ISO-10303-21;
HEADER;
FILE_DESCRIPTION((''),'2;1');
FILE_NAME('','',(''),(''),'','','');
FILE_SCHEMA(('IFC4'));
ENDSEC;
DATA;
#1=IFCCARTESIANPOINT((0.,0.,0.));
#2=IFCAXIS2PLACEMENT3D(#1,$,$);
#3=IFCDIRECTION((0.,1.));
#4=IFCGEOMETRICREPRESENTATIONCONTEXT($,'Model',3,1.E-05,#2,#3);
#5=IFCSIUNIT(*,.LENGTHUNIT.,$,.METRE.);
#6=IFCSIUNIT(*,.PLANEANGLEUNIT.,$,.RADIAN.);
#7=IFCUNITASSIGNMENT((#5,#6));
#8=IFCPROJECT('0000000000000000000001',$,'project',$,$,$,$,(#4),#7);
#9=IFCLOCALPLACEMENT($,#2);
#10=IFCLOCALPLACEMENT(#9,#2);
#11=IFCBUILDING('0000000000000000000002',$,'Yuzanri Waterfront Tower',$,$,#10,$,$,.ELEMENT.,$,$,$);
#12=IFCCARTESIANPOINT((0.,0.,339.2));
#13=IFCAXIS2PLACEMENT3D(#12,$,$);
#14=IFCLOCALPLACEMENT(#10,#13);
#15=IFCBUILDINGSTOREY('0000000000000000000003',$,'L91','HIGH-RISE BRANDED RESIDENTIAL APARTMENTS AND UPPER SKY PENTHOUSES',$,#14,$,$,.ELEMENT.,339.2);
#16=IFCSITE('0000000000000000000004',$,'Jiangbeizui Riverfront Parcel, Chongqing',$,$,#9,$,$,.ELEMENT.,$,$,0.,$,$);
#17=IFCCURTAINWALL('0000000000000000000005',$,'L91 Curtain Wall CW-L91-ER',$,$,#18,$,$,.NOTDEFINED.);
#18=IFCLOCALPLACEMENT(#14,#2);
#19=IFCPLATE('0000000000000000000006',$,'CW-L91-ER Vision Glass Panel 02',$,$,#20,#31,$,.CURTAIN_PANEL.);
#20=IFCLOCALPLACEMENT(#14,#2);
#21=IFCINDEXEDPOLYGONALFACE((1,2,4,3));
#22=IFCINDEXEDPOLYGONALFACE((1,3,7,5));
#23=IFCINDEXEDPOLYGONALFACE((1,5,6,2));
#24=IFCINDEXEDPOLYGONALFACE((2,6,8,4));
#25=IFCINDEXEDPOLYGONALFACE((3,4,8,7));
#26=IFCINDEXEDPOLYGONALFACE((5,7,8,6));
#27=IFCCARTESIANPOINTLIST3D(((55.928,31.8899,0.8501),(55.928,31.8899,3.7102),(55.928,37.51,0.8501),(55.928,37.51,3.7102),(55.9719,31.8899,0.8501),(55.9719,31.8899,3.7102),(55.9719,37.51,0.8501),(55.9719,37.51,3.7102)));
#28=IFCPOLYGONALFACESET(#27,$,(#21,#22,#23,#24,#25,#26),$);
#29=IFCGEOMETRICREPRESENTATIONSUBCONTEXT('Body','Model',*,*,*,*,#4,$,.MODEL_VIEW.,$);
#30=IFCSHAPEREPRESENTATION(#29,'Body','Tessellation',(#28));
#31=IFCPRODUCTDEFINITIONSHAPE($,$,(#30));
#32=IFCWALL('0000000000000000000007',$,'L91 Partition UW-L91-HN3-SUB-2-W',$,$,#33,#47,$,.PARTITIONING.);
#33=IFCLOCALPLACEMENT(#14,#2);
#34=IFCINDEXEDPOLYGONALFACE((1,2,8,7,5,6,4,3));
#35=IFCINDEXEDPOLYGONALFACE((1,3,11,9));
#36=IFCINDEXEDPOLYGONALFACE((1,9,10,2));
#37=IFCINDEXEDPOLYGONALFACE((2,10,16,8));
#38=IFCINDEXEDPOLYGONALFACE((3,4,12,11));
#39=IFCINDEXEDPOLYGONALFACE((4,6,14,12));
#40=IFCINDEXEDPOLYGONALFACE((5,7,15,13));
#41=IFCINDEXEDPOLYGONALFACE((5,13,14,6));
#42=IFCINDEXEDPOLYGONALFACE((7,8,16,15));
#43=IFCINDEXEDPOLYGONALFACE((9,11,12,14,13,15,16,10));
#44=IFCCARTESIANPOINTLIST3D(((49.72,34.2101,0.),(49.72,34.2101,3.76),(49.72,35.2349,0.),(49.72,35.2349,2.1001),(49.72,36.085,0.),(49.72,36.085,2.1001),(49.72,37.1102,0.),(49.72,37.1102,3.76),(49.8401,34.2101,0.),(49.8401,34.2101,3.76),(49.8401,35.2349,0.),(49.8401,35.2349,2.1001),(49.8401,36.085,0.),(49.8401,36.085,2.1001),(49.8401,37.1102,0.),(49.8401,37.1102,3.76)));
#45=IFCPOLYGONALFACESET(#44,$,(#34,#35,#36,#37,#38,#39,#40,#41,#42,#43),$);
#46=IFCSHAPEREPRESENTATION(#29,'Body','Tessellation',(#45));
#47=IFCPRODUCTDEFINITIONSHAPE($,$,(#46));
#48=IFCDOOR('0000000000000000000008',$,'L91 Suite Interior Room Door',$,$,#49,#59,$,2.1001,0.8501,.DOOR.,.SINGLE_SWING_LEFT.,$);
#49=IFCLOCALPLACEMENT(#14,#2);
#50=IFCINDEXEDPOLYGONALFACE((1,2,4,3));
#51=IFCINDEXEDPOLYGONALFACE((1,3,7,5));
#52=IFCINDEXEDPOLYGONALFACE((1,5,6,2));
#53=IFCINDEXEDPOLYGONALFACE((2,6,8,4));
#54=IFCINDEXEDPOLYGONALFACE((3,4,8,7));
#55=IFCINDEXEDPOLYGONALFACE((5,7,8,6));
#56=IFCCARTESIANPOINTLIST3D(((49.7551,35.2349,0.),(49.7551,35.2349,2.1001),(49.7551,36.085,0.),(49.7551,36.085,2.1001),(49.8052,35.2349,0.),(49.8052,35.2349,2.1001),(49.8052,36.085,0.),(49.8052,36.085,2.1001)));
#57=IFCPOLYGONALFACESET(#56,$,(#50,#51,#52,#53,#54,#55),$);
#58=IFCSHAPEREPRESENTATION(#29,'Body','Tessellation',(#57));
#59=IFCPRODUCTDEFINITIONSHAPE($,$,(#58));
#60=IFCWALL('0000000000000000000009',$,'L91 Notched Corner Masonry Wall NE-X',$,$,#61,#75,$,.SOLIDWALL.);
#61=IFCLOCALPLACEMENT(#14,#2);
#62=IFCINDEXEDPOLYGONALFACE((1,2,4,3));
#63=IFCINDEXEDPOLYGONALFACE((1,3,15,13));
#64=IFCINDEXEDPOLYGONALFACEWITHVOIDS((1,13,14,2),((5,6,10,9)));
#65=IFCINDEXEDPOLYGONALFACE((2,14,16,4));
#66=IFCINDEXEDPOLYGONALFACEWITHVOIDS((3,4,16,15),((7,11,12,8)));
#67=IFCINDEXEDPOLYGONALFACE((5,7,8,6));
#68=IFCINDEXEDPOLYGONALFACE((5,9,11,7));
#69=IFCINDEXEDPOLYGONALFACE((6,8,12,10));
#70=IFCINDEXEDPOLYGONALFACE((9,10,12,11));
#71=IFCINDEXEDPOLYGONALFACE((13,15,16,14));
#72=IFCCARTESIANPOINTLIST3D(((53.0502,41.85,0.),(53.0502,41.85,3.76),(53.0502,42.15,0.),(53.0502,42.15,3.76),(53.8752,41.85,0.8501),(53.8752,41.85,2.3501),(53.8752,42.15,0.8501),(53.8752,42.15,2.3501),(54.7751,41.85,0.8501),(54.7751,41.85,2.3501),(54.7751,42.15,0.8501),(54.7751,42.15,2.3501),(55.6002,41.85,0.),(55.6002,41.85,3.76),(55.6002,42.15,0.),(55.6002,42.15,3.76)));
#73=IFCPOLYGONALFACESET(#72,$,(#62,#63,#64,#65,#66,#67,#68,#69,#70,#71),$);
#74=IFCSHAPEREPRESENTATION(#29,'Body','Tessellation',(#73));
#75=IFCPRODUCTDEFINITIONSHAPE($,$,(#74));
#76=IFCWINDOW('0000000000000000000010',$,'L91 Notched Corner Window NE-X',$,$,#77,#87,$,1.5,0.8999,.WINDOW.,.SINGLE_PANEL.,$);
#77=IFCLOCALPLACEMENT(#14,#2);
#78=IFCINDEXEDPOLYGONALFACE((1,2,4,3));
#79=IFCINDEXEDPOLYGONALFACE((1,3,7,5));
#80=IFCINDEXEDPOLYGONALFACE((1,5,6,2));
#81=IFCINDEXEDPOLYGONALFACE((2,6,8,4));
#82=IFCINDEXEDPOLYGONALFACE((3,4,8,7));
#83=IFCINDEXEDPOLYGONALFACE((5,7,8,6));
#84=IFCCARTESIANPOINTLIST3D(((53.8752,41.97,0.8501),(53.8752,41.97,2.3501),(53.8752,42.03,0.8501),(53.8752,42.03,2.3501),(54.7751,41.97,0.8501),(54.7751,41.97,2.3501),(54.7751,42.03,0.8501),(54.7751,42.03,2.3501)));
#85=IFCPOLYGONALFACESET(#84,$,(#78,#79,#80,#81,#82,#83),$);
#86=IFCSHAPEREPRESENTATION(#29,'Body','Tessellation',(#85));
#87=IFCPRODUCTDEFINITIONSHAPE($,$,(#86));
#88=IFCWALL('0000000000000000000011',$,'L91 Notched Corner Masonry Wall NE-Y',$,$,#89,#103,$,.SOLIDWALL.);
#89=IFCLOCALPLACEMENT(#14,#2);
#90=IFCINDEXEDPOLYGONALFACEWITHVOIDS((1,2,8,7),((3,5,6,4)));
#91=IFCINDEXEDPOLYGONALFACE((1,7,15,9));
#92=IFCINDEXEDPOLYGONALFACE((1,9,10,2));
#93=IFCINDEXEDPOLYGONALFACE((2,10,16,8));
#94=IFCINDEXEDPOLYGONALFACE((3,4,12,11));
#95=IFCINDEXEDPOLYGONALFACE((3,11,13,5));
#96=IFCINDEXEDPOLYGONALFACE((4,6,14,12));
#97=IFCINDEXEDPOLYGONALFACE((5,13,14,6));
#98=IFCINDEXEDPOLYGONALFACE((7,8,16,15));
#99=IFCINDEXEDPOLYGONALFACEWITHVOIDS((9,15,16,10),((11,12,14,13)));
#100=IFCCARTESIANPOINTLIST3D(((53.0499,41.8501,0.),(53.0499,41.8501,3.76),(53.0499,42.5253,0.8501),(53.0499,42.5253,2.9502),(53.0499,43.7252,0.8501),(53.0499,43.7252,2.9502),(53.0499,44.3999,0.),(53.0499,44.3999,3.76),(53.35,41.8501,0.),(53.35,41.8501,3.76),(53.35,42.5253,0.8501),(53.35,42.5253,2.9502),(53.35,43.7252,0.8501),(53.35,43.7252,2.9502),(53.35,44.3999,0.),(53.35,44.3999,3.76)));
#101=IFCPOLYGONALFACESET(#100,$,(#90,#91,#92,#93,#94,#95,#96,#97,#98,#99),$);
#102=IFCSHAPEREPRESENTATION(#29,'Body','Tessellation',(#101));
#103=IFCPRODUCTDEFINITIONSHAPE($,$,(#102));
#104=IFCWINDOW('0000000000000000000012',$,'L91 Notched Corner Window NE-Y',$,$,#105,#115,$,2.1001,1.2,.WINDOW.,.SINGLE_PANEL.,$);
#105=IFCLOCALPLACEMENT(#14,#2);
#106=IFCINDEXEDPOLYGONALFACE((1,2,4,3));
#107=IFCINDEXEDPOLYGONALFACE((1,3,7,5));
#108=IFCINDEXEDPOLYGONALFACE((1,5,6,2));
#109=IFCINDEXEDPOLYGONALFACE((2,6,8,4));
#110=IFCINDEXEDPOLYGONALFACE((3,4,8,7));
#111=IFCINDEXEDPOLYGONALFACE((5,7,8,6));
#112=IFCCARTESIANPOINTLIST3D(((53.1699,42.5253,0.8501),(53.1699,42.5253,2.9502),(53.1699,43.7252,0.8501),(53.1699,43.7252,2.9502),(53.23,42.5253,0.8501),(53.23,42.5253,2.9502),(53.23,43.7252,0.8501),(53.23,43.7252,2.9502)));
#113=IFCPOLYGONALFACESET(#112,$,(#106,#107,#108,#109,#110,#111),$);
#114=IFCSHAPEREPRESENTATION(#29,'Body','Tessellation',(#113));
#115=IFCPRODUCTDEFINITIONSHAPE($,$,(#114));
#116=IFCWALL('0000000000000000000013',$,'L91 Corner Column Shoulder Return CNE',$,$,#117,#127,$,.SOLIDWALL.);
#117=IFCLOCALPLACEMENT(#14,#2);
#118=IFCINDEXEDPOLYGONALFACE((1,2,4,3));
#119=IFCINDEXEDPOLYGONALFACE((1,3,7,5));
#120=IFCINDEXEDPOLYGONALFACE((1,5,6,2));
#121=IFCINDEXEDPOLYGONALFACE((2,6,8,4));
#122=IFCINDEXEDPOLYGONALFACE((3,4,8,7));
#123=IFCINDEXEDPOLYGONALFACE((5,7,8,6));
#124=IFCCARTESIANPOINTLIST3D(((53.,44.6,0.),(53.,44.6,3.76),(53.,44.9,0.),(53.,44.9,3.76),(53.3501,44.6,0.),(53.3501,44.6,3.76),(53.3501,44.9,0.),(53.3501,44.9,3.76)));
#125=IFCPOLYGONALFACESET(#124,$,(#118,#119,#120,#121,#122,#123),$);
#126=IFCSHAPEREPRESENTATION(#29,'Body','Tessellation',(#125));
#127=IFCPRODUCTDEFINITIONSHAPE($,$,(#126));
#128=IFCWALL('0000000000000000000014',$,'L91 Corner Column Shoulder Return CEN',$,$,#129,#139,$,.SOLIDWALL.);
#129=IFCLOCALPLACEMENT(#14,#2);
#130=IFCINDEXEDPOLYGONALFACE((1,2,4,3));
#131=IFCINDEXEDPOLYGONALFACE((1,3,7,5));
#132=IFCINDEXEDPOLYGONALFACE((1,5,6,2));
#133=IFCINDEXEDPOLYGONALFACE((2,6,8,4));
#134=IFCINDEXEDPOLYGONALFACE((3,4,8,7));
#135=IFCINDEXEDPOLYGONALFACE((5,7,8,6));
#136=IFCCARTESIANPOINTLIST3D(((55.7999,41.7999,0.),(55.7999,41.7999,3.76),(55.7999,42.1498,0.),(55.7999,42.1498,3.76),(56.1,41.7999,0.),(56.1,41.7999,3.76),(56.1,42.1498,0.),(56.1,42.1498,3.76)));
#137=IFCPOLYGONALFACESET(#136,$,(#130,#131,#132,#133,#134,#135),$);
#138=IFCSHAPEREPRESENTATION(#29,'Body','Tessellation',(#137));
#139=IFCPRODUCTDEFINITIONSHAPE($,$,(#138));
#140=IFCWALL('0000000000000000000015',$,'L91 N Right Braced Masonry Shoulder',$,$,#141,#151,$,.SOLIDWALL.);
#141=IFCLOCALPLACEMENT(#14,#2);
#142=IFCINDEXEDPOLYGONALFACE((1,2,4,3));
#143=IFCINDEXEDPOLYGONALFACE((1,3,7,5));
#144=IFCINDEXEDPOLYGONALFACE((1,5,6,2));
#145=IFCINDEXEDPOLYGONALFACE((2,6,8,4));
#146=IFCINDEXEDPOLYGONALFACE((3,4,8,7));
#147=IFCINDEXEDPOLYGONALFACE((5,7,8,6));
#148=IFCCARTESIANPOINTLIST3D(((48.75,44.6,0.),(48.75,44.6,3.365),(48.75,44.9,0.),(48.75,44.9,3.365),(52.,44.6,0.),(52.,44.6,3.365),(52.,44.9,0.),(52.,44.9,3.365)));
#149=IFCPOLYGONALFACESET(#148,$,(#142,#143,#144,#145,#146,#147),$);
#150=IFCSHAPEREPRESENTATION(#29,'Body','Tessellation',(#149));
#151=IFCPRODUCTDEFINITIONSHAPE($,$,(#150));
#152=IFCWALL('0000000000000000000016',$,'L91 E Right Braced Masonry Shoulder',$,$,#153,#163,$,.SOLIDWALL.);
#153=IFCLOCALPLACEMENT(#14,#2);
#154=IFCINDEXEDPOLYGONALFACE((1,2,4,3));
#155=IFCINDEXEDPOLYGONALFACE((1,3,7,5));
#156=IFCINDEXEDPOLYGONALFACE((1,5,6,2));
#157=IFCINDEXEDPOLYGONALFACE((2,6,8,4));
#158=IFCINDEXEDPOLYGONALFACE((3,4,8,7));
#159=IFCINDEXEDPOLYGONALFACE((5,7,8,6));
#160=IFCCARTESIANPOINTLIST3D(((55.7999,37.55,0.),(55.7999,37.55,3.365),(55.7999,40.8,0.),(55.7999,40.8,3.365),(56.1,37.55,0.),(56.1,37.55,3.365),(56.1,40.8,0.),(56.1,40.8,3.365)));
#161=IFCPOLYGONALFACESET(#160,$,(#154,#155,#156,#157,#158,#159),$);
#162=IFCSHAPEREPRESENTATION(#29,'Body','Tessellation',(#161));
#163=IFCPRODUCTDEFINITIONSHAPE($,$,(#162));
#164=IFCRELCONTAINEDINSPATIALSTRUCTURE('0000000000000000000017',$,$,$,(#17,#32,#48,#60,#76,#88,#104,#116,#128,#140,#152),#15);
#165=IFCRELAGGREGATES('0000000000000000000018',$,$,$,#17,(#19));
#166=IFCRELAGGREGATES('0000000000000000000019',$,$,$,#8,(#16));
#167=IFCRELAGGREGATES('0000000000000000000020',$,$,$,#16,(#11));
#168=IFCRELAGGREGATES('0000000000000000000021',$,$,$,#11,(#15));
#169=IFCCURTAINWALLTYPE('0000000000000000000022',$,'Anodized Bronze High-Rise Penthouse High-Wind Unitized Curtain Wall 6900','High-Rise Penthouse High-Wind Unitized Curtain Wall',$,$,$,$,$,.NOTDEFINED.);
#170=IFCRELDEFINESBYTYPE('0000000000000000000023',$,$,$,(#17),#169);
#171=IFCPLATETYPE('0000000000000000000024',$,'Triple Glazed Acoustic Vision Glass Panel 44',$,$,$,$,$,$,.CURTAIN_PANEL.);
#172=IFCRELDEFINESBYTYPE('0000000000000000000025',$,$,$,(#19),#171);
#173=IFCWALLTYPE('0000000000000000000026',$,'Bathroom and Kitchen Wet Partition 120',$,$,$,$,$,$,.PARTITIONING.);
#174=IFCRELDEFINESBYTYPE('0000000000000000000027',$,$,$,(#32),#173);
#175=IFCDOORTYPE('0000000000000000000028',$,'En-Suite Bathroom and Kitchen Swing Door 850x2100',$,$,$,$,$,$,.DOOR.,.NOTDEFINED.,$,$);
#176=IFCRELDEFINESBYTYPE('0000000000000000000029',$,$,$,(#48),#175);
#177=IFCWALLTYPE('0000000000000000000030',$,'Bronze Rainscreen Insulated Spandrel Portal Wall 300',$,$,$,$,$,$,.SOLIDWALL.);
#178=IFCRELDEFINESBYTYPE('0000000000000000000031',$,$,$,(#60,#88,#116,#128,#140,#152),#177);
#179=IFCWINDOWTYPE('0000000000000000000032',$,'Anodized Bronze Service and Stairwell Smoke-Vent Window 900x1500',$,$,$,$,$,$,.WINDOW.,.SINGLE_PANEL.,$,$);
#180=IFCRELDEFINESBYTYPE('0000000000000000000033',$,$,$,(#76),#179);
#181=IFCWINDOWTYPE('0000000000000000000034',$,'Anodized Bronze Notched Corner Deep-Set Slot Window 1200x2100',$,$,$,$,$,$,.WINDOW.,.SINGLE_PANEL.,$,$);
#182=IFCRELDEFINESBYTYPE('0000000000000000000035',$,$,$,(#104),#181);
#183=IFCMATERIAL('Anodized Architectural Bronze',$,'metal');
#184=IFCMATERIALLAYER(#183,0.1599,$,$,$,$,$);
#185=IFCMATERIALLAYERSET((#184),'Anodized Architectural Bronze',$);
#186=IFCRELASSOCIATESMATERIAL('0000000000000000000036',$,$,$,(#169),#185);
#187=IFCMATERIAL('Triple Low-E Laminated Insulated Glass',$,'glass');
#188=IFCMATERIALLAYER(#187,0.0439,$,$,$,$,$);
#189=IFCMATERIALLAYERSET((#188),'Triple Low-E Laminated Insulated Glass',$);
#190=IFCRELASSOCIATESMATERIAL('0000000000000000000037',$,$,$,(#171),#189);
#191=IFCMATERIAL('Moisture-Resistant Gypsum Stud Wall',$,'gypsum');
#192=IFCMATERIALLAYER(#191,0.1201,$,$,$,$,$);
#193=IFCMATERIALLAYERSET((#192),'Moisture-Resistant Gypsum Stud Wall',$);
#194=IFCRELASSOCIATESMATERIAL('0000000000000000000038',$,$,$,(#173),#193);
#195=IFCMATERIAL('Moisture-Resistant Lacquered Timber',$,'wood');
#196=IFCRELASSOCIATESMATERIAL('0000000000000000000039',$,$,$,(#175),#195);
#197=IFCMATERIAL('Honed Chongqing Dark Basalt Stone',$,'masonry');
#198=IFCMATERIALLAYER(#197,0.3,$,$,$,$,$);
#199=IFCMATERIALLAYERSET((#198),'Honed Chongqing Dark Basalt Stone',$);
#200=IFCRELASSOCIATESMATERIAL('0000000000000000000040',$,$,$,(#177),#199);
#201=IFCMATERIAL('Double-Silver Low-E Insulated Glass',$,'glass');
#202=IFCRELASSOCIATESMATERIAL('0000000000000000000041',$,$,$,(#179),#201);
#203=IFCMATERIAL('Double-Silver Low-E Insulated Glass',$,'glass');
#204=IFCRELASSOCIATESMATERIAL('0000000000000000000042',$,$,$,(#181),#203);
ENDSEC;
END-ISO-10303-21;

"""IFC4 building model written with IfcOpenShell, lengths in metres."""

from ifc_helpers import new_model, si_unit, direction, frame, frame_2d, origin, origin_2d, place, context, subcontext, project, spatial, rectangle, extrude, source, transform, mapped, material, layer, layer_set, type_object, element, fill, aggregate, save


model = new_model("IFC4")

# Units and contexts
model_context = context("Model", 3, precision=1e-05, world=origin(), true_north=direction((0.0, 1.0)))
body_context = subcontext(model_context, "Body", "Model", "MODEL_VIEW")
ifc_project = project(units=[si_unit("LENGTHUNIT", "METRE"), si_unit("PLANEANGLEUNIT", "RADIAN")], contexts=[model_context])

# Site, building, storey
site_placement = place(None, origin())
site = spatial("IfcSite", under=ifc_project, at=site_placement, Name="Jiangbeizui Riverfront Parcel, Chongqing", CompositionType="ELEMENT", RefElevation=0.0)
building_placement = place(site_placement, origin())
building = spatial("IfcBuilding", under=site, at=building_placement, Name="Yuzanri Waterfront Tower", CompositionType="ELEMENT")
storey_placement = place(building_placement, frame((0.0, 0.0, 339.2)))
storey = spatial("IfcBuildingStorey", under=building, at=storey_placement, Name="L91", Description="HIGH-RISE BRANDED RESIDENTIAL APARTMENTS AND UPPER SKY PENTHOUSES", CompositionType="ELEMENT", Elevation=339.2)

# Curtain wall
ifc_material_1 = material(Name="Anodized Architectural Bronze", Category="metal")
ifc_layer_1 = layer(ifc_material_1, 0.1599)
ifc_layer_set_1 = layer_set([ifc_layer_1], Name="Anodized Architectural Bronze")
curtain_wall_type = type_object("IfcCurtainWallType", Name="Anodized Bronze High-Rise Penthouse High-Wind Unitized Curtain Wall 6900", Description="High-Rise Penthouse High-Wind Unitized Curtain Wall", PredefinedType="NOTDEFINED", material=ifc_layer_set_1)
curtain_wall_1_placement = place(storey_placement, origin())
curtain_wall_1 = element("IfcCurtainWall", 1, at=curtain_wall_1_placement, inside=storey, type_object=curtain_wall_type, Name="L91 Curtain Wall CW-L91-ER", PredefinedType="NOTDEFINED")

# Plate
ifc_material_2 = material(Name="Triple Low-E Laminated Insulated Glass", Category="glass")
ifc_layer_2 = layer(ifc_material_2, 0.0439)
ifc_layer_set_2 = layer_set([ifc_layer_2], Name="Triple Low-E Laminated Insulated Glass")
plate_type_1 = type_object("IfcPlateType", Name="Triple Glazed Acoustic Vision Glass Panel 44", PredefinedType="CURTAIN_PANEL", material=ifc_layer_set_2)
shared_shape_1 = source(origin(), body_context, "Body", "SweptSolid", [
    extrude(rectangle(XDim=5.6201, YDim=0.0439, at=origin_2d()), origin(), (0.0, 0.0, 1.0), 2.8601),
])
plate_1_placement = place(storey_placement, frame((55.95, 34.7, 0.8501), z_axis=(0.0, 0.0, 1.0), x_axis=(0.0, 1.0, 0.0)))
plate_1 = element("IfcPlate", 2, at=plate_1_placement, type_object=plate_type_1, Name="CW-L91-ER Vision Glass Panel 02", PredefinedType="CURTAIN_PANEL", context=body_context, shape_type="MappedRepresentation", body=[
    mapped(shared_shape_1, transform((0.0, 0.0, 0.0), scale=1.0)),
])
aggregate(curtain_wall_1, [plate_1])

# Wall, opening, door
ifc_material_3 = material(Name="Moisture-Resistant Gypsum Stud Wall", Category="gypsum")
ifc_layer_3 = layer(ifc_material_3, 0.1201)
ifc_layer_set_3 = layer_set([ifc_layer_3], Name="Moisture-Resistant Gypsum Stud Wall")
wall_type_1 = type_object("IfcWallType", Name="Bathroom and Kitchen Wet Partition 120", PredefinedType="PARTITIONING", material=ifc_layer_set_3)
wall_1_placement = place(storey_placement, frame((49.78, 34.21, 0.0), z_axis=(0.0, 0.0, 1.0), x_axis=(0.0, 1.0, 0.0)))
wall_1 = element("IfcWall", 3, at=wall_1_placement, inside=storey, type_object=wall_type_1, Name="L91 Partition UW-L91-HN3-SUB-2-W", PredefinedType="PARTITIONING", context=body_context, shape_type="SweptSolid", body=[
    extrude(rectangle(XDim=2.9001, YDim=0.1201, at=frame_2d((1.4502, 0.0))), origin(), (0.0, 0.0, 1.0), 3.76),
])
opening_1_placement = place(wall_1_placement, frame((1.0249, 0.0, 0.0)))
opening_1 = element("IfcOpeningElement", 4, at=opening_1_placement, cuts=wall_1, PredefinedType="OPENING", context=body_context, shape_type="SweptSolid", body=[
    extrude(rectangle(XDim=0.8501, YDim=2.1001, at=frame_2d((0.425, 1.05))), frame((0.0, 0.075, 0.0), z_axis=(0.0, -1.0, 0.0), x_axis=(1.0, 0.0, 0.0)), (0.0, 0.0, 1.0), 0.1499),
])
ifc_material_4 = material(Name="Moisture-Resistant Lacquered Timber", Category="wood")
door_type = type_object("IfcDoorType", Name="En-Suite Bathroom and Kitchen Swing Door 850x2100", OperationType="NOTDEFINED", PredefinedType="DOOR", material=ifc_material_4)
shared_shape_2 = source(origin(), body_context, "Body", "SweptSolid", [
    extrude(rectangle(XDim=0.8501, YDim=2.1001, at=frame_2d((0.425, 1.05))), frame((0.0, 0.0249, 0.0), z_axis=(0.0, -1.0, 0.0), x_axis=(1.0, 0.0, 0.0)), (0.0, 0.0, 1.0), 0.05),
])
door_placement = place(opening_1_placement, origin())
door = element("IfcDoor", 5, at=door_placement, inside=storey, type_object=door_type, Name="L91 Suite Interior Room Door", OperationType="SINGLE_SWING_LEFT", OverallHeight=2.1001, OverallWidth=0.8501, PredefinedType="DOOR", context=body_context, shape_type="MappedRepresentation", body=[
    mapped(shared_shape_2, transform((0.0, 0.0, 0.0), scale=1.0)),
])
fill(opening_1, door)

# Walls, openings, windows
ifc_material_5 = material(Name="Honed Chongqing Dark Basalt Stone", Category="masonry")
ifc_layer_4 = layer(ifc_material_5, 0.3)
ifc_layer_set_4 = layer_set([ifc_layer_4], Name="Honed Chongqing Dark Basalt Stone")
wall_type_2 = type_object("IfcWallType", Name="Bronze Rainscreen Insulated Spandrel Portal Wall 300", PredefinedType="SOLIDWALL", material=ifc_layer_set_4)
wall_2_placement = place(storey_placement, frame((55.6001, 42.0, 0.0), z_axis=(0.0, 0.0, 1.0), x_axis=(-1.0, 0.0, 0.0)))
wall_2 = element("IfcWall", 6, at=wall_2_placement, inside=storey, type_object=wall_type_2, Name="L91 Notched Corner Masonry Wall NE-X", PredefinedType="SOLIDWALL", context=body_context, shape_type="SweptSolid", body=[
    extrude(rectangle(XDim=2.55, YDim=0.3, at=frame_2d((1.2749, 0.0))), origin(), (0.0, 0.0, 1.0), 3.76),
])
opening_2_placement = place(wall_2_placement, frame((0.825, 0.0, 0.8501)))
opening_2 = element("IfcOpeningElement", 7, at=opening_2_placement, cuts=wall_2, PredefinedType="OPENING", context=body_context, shape_type="SweptSolid", body=[
    extrude(rectangle(XDim=0.8999, YDim=1.5, at=frame_2d((0.45, 0.75))), frame((0.0, 0.165, 0.0), z_axis=(0.0, -1.0, 0.0), x_axis=(1.0, 0.0, 0.0)), (0.0, 0.0, 1.0), 0.3298),
])
ifc_material_6 = material(Name="Double-Silver Low-E Insulated Glass", Category="glass")
window_type_1 = type_object("IfcWindowType", Name="Anodized Bronze Service and Stairwell Smoke-Vent Window 900x1500", PartitioningType="SINGLE_PANEL", PredefinedType="WINDOW", material=ifc_material_6)
shared_shape_3 = source(origin(), body_context, "Body", "SweptSolid", [
    extrude(rectangle(XDim=0.8999, YDim=1.5, at=frame_2d((0.45, 0.75))), frame((0.0, 0.03, 0.0), z_axis=(0.0, -1.0, 0.0), x_axis=(1.0, 0.0, 0.0)), (0.0, 0.0, 1.0), 0.0601),
])
window_1_placement = place(opening_2_placement, origin())
window_1 = element("IfcWindow", 8, at=window_1_placement, inside=storey, type_object=window_type_1, Name="L91 Notched Corner Window NE-X", OverallHeight=1.5, OverallWidth=0.8999, PartitioningType="SINGLE_PANEL", PredefinedType="WINDOW", context=body_context, shape_type="MappedRepresentation", body=[
    mapped(shared_shape_3, transform((0.0, 0.0, 0.0), scale=1.0)),
])
fill(opening_2, window_1)
wall_3_placement = place(storey_placement, frame((53.2, 41.8501, 0.0), z_axis=(0.0, 0.0, 1.0), x_axis=(0.0, 1.0, 0.0)))
wall_3 = element("IfcWall", 9, at=wall_3_placement, inside=storey, type_object=wall_type_2, Name="L91 Notched Corner Masonry Wall NE-Y", PredefinedType="SOLIDWALL", context=body_context, shape_type="SweptSolid", body=[
    extrude(rectangle(XDim=2.5498, YDim=0.3, at=frame_2d((1.2749, 0.0))), origin(), (0.0, 0.0, 1.0), 3.76),
])
opening_3_placement = place(wall_3_placement, frame((0.675, 0.0, 0.8501)))
opening_3 = element("IfcOpeningElement", 10, at=opening_3_placement, cuts=wall_3, PredefinedType="OPENING", context=body_context, shape_type="SweptSolid", body=[
    extrude(rectangle(XDim=1.2, YDim=2.1001, at=frame_2d((0.6001, 1.05))), frame((0.0, 0.165, 0.0), z_axis=(0.0, -1.0, 0.0), x_axis=(1.0, 0.0, 0.0)), (0.0, 0.0, 1.0), 0.3298),
])
ifc_material_7 = material(Name="Double-Silver Low-E Insulated Glass", Category="glass")
window_type_2 = type_object("IfcWindowType", Name="Anodized Bronze Notched Corner Deep-Set Slot Window 1200x2100", PartitioningType="SINGLE_PANEL", PredefinedType="WINDOW", material=ifc_material_7)
shared_shape_4 = source(origin(), body_context, "Body", "SweptSolid", [
    extrude(rectangle(XDim=1.2, YDim=2.1001, at=frame_2d((0.6001, 1.05))), frame((0.0, 0.03, 0.0), z_axis=(0.0, -1.0, 0.0), x_axis=(1.0, 0.0, 0.0)), (0.0, 0.0, 1.0), 0.0601),
])
window_2_placement = place(opening_3_placement, origin())
window_2 = element("IfcWindow", 11, at=window_2_placement, inside=storey, type_object=window_type_2, Name="L91 Notched Corner Window NE-Y", OverallHeight=2.1001, OverallWidth=1.2, PartitioningType="SINGLE_PANEL", PredefinedType="WINDOW", context=body_context, shape_type="MappedRepresentation", body=[
    mapped(shared_shape_4, transform((0.0, 0.0, 0.0), scale=1.0)),
])
fill(opening_3, window_2)

# Walls
shared_shape_5 = source(origin(), body_context, "Body", "SweptSolid", [
    extrude(rectangle(XDim=0.3501, YDim=0.3, at=frame_2d((0.175, 0.0))), origin(), (0.0, 0.0, 1.0), 3.76),
])
wall_4_placement = place(storey_placement, frame((53.0, 44.75, 0.0), z_axis=(0.0, 0.0, 1.0), x_axis=(1.0, 0.0, 0.0)))
element("IfcWall", 12, at=wall_4_placement, inside=storey, type_object=wall_type_2, Name="L91 Corner Column Shoulder Return CNE", PredefinedType="SOLIDWALL", context=body_context, shape_type="MappedRepresentation", body=[
    mapped(shared_shape_5, transform((0.0, 0.0, 0.0), scale=1.0)),
])
shared_shape_6 = source(origin(), body_context, "Body", "SweptSolid", [
    extrude(rectangle(XDim=0.3499, YDim=0.3, at=frame_2d((0.1748, 0.0))), origin(), (0.0, 0.0, 1.0), 3.76),
])
wall_5_placement = place(storey_placement, frame((55.95, 41.8, 0.0), z_axis=(0.0, 0.0, 1.0), x_axis=(0.0, 1.0, 0.0)))
element("IfcWall", 13, at=wall_5_placement, inside=storey, type_object=wall_type_2, Name="L91 Corner Column Shoulder Return CEN", PredefinedType="SOLIDWALL", context=body_context, shape_type="MappedRepresentation", body=[
    mapped(shared_shape_6, transform((0.0, 0.0, 0.0), scale=1.0)),
])
shared_shape_7 = source(origin(), body_context, "Body", "SweptSolid", [
    extrude(rectangle(XDim=3.25, YDim=0.3, at=frame_2d((1.625, 0.0))), origin(), (0.0, 0.0, 1.0), 3.365),
])
for number, where, z_axis, x_axis, name in (
    (14, (48.75, 44.75, 0.0), (0.0, 0.0, 1.0), (1.0, 0.0, 0.0), "L91 N Right Braced Masonry Shoulder"),
    (15, (55.95, 37.55, 0.0), (0.0, 0.0, 1.0), (0.0, 1.0, 0.0), "L91 E Right Braced Masonry Shoulder"),
):
    element("IfcWall", number, at=place(storey_placement, frame(where, z_axis=z_axis, x_axis=x_axis)), inside=storey, type_object=wall_type_2, Name=name, PredefinedType="SOLIDWALL", context=body_context, shape_type="MappedRepresentation", body=[
        mapped(shared_shape_7, transform((0.0, 0.0, 0.0), scale=1.0)),
    ])

save(model, "model.ifc")
